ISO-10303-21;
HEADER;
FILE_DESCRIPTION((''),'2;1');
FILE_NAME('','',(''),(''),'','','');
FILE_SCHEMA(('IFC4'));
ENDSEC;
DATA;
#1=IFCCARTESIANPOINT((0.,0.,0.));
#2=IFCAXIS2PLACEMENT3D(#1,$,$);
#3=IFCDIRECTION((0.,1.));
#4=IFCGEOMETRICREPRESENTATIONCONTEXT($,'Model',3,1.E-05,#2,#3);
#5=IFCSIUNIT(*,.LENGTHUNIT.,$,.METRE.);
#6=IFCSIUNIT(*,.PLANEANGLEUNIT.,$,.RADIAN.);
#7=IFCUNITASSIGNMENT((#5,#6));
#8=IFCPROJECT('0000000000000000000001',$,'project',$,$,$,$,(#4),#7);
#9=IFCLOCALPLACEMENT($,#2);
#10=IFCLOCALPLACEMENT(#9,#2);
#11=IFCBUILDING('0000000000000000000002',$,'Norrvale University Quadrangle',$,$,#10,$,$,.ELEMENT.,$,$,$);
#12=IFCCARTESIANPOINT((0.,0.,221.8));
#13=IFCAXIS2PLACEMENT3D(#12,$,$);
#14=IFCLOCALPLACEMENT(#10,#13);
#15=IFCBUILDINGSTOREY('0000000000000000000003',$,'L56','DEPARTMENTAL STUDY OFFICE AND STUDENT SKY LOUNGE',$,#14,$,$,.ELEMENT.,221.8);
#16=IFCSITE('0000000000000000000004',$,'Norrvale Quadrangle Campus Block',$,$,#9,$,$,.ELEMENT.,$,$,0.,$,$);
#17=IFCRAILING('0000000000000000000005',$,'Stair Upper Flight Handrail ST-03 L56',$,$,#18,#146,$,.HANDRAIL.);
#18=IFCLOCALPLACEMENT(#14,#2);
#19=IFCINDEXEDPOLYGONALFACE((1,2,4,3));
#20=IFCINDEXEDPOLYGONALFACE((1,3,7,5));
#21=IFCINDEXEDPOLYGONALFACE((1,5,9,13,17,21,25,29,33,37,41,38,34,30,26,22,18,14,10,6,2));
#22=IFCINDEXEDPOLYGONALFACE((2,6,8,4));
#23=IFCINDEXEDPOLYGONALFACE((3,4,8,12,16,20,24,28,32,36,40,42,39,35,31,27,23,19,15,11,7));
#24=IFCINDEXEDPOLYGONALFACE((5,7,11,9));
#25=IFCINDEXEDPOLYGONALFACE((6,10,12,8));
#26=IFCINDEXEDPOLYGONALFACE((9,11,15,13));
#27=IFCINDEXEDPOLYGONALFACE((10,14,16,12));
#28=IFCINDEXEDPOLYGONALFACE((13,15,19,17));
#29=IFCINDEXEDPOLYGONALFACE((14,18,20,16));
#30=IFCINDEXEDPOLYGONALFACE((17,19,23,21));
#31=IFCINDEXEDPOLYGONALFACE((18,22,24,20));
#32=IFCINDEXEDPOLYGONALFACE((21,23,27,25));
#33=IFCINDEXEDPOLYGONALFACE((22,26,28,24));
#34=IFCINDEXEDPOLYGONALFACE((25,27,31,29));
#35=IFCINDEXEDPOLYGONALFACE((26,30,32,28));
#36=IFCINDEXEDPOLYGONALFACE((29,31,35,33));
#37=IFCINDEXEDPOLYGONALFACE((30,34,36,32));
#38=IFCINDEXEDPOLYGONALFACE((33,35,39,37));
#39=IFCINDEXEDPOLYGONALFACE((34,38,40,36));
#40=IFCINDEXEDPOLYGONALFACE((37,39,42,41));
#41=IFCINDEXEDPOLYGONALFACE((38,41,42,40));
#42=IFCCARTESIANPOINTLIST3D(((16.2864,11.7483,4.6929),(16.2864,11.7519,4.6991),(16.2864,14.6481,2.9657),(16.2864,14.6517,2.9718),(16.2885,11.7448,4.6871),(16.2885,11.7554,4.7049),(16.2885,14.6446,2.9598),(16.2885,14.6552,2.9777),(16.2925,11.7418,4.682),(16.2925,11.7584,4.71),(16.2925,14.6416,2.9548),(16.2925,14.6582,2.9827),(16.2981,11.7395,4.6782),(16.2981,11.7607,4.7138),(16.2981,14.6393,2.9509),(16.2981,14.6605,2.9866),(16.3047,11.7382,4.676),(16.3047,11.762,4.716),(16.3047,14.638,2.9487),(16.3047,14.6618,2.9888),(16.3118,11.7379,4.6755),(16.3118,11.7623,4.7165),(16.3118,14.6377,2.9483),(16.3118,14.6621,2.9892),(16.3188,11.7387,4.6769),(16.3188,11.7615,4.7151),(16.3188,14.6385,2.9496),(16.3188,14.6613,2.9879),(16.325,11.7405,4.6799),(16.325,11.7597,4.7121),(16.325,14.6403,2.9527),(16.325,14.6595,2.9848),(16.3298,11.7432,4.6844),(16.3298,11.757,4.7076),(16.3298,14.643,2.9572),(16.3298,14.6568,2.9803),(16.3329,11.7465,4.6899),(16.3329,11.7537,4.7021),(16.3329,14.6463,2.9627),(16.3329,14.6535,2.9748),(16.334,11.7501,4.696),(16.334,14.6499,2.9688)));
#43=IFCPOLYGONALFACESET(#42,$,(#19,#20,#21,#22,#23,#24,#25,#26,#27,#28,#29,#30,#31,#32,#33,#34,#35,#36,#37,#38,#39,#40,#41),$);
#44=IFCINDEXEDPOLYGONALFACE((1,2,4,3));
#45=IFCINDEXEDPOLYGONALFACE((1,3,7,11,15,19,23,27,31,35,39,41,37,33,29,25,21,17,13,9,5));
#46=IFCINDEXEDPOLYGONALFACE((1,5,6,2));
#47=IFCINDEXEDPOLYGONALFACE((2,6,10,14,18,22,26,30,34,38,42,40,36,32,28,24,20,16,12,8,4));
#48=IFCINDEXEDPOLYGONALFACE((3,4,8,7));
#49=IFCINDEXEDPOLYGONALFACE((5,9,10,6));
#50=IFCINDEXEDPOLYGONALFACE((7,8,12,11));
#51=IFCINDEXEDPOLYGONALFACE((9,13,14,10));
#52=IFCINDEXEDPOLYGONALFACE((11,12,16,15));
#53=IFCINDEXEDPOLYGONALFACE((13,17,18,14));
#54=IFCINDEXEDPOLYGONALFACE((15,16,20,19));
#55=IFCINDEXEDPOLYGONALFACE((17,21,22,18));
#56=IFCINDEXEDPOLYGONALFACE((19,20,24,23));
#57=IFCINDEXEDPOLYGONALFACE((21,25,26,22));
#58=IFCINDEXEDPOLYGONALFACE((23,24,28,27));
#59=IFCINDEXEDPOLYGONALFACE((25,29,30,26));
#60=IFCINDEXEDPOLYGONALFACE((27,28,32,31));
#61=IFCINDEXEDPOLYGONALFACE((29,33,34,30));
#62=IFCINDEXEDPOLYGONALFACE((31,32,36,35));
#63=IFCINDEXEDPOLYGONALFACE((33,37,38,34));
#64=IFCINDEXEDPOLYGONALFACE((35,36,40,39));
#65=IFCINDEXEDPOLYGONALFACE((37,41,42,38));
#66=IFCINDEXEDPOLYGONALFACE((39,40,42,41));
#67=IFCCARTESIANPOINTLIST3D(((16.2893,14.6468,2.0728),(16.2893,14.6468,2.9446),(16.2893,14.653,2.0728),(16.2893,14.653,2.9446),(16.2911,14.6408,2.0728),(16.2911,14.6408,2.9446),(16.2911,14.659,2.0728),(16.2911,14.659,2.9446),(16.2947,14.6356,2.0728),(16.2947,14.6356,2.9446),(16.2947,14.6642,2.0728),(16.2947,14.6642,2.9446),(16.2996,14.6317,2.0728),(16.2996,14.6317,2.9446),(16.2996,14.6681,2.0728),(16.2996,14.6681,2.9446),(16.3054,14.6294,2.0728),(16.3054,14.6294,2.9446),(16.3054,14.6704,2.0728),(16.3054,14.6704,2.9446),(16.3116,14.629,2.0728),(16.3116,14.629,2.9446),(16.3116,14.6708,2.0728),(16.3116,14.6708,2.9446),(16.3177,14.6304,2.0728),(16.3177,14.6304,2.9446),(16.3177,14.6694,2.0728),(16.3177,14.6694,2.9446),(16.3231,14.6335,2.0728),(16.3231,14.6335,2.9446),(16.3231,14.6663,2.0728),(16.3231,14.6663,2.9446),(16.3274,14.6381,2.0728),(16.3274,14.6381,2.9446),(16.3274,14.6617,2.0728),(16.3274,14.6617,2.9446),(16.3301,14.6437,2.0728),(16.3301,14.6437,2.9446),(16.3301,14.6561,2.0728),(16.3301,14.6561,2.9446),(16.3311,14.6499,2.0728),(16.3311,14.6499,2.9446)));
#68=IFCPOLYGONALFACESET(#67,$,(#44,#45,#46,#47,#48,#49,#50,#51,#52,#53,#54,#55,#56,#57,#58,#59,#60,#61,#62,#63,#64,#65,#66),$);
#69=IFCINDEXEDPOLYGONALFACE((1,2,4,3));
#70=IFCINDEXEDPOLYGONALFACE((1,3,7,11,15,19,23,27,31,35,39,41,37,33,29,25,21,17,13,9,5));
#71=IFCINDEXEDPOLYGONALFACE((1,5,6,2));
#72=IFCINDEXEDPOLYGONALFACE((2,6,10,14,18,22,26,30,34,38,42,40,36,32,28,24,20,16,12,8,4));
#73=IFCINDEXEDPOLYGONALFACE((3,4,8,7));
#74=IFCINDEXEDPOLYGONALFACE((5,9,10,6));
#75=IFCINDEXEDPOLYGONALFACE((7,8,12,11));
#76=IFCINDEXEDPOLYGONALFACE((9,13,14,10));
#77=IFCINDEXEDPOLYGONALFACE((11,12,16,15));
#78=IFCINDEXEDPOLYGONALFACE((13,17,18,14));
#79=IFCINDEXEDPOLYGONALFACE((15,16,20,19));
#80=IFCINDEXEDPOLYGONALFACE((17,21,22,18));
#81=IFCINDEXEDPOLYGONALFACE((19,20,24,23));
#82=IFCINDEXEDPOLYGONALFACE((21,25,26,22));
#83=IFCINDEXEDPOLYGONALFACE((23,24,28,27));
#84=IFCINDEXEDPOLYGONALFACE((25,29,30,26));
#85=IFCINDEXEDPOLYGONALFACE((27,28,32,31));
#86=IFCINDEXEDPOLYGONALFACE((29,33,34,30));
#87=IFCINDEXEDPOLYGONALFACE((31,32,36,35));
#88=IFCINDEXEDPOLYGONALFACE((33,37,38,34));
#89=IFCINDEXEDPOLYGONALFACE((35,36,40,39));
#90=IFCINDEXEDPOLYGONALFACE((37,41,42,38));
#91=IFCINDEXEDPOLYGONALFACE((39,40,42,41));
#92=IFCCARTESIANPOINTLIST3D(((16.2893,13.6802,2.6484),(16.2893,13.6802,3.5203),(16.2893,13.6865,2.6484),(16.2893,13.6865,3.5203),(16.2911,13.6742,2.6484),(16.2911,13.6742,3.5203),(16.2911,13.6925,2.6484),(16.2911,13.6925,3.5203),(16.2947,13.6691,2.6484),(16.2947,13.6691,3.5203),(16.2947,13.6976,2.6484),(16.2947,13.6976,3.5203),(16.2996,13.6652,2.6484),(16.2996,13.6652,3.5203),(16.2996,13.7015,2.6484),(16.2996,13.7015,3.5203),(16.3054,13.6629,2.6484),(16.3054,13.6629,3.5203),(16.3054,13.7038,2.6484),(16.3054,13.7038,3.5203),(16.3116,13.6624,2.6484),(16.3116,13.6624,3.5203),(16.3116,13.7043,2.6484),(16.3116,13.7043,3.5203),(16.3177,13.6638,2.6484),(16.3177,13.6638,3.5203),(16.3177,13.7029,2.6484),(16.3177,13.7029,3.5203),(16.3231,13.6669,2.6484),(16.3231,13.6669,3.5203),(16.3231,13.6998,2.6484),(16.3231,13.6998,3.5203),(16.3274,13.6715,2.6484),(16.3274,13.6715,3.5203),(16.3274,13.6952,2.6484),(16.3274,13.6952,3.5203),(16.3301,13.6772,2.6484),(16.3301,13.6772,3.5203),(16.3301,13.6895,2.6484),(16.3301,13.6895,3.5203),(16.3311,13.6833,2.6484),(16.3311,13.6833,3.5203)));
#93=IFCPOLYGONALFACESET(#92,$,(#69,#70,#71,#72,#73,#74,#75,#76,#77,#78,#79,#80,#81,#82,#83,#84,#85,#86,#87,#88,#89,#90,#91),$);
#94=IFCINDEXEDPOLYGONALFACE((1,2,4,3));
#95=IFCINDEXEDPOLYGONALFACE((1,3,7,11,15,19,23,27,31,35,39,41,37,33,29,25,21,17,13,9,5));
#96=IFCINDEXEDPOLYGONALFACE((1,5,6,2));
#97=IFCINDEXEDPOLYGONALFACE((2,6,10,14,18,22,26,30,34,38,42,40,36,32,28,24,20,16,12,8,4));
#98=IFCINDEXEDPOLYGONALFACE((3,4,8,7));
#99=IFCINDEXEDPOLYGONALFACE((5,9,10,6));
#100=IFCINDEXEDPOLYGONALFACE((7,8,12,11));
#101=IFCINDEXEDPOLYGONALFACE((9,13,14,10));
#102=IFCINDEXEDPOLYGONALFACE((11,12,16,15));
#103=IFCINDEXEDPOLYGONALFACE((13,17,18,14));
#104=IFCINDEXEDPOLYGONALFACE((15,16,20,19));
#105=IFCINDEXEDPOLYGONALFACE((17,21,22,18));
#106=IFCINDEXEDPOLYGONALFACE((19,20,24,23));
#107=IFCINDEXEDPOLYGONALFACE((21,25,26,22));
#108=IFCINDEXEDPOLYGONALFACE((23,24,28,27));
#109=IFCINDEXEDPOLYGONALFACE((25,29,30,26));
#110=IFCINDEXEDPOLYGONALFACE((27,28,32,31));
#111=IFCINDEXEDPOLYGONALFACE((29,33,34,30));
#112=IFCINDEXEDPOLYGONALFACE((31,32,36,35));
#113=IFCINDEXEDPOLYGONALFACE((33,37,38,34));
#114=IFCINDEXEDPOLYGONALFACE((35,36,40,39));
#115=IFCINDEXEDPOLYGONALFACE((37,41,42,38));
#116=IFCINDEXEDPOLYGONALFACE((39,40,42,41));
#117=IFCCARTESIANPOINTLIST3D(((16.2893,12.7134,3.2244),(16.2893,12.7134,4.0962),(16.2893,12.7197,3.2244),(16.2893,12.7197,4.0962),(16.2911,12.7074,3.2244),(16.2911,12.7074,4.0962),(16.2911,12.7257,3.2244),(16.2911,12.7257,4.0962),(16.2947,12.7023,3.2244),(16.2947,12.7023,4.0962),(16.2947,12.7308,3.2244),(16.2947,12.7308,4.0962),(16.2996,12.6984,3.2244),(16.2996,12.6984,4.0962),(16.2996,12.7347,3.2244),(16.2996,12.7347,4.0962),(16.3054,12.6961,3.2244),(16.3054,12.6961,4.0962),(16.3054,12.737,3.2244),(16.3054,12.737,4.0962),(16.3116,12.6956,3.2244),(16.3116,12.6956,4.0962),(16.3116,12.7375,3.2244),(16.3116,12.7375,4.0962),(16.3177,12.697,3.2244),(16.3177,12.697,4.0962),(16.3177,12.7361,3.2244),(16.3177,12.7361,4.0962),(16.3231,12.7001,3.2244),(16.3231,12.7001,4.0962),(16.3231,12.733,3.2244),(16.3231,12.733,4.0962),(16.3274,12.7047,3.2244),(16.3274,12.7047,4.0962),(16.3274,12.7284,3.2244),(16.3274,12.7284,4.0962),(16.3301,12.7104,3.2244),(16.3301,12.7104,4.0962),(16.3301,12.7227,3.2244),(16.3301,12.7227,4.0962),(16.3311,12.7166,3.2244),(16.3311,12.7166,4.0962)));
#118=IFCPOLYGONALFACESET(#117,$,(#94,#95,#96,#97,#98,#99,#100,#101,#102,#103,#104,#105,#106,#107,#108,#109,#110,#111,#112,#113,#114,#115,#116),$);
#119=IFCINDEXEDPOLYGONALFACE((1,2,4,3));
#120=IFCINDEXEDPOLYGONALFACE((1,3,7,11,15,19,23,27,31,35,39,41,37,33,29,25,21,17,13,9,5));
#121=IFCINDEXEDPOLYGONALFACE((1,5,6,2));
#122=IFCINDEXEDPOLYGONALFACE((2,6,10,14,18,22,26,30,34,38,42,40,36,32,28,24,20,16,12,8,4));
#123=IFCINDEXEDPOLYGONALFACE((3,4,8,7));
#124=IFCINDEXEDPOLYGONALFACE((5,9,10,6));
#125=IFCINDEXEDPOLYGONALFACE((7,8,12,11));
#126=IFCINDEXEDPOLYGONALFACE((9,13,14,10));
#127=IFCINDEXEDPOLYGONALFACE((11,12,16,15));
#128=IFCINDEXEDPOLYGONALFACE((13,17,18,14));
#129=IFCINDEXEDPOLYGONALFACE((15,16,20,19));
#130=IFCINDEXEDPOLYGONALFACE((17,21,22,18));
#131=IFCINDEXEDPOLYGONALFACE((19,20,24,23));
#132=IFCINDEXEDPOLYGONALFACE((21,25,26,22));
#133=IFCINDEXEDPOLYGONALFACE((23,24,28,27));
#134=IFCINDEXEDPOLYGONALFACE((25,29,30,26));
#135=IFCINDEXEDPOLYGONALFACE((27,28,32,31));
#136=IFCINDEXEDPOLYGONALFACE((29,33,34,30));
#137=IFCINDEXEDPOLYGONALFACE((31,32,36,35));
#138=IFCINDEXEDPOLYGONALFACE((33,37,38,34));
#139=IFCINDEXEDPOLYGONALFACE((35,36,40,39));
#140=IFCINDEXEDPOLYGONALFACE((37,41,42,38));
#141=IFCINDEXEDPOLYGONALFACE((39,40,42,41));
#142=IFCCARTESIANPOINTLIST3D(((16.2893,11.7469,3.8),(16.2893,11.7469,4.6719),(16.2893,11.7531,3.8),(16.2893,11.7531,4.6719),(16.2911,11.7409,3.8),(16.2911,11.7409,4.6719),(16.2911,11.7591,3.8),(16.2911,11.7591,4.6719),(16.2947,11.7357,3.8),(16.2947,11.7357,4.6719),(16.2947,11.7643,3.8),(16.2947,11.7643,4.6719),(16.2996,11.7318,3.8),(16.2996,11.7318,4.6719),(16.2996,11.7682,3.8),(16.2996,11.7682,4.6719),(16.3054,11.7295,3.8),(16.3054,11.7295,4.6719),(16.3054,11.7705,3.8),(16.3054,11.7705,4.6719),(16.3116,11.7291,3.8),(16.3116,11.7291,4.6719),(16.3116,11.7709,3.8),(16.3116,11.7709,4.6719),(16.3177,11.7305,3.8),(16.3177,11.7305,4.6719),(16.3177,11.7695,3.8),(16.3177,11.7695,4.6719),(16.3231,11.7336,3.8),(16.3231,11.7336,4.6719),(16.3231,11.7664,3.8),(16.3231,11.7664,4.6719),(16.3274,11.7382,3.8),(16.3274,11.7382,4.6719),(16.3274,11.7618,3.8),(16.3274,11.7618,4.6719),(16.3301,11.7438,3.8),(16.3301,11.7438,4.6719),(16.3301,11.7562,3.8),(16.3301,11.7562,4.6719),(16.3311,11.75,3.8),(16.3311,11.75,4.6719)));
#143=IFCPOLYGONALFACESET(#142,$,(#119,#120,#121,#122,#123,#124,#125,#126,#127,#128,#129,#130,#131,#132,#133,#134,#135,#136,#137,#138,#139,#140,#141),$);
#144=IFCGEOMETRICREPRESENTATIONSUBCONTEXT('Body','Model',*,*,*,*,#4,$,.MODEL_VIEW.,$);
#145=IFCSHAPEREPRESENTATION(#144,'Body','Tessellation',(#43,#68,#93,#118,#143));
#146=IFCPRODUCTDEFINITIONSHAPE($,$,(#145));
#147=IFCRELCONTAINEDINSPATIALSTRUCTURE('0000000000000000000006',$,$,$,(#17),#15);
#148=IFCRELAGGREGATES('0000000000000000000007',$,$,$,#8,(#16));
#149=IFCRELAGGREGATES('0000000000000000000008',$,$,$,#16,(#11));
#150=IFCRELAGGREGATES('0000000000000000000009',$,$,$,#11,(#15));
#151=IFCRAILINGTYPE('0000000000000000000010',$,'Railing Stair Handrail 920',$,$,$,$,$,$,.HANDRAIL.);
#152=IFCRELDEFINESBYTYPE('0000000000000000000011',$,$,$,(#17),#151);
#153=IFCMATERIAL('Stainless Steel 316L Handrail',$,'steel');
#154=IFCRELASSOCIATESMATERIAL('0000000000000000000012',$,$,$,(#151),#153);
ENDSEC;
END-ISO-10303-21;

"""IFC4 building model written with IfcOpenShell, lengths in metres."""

from ifc_helpers import new_model, si_unit, direction, frame, origin, origin_2d, place, context, subcontext, project, spatial, circle, extrude, material, type_object, element, save


model = new_model("IFC4")

# Units and contexts
model_context = context("Model", 3, precision=1e-05, world=origin(), true_north=direction((0.0, 1.0)))
body_context = subcontext(model_context, "Body", "Model", "MODEL_VIEW")
ifc_project = project(units=[si_unit("LENGTHUNIT", "METRE"), si_unit("PLANEANGLEUNIT", "RADIAN")], contexts=[model_context])

# Site, building, storey
site_placement = place(None, origin())
site = spatial("IfcSite", under=ifc_project, at=site_placement, Name="Norrvale Quadrangle Campus Block", CompositionType="ELEMENT", RefElevation=0.0)
building_placement = place(site_placement, origin())
building = spatial("IfcBuilding", under=site, at=building_placement, Name="Norrvale University Quadrangle", CompositionType="ELEMENT")
storey_placement = place(building_placement, frame((0.0, 0.0, 221.8)))
storey = spatial("IfcBuildingStorey", under=building, at=storey_placement, Name="L56", Description="DEPARTMENTAL STUDY OFFICE AND STUDENT SKY LOUNGE", CompositionType="ELEMENT", Elevation=221.8)

# Railing
ifc_material_1 = material(Name="Stainless Steel 316L Handrail", Category="steel")
railing_type_1 = type_object("IfcRailingType", Name="Railing Stair Handrail 920", PredefinedType="HANDRAIL", material=ifc_material_1)
railing_1_placement = place(storey_placement, frame((16.3101, 14.6499, 2.0728)))
element("IfcRailing", 1, at=railing_1_placement, inside=storey, type_object=railing_type_1, Name="Stair Upper Flight Handrail ST-03 L56", PredefinedType="HANDRAIL", context=body_context, shape_type="SweptSolid", body=[
    extrude(circle(Radius=0.0239, at=origin_2d()), frame((0.0, 0.0, 0.896), z_axis=(0.0, -0.859141, 0.511738), x_axis=(1.0, 0.0, 0.0)), (0.0, 0.0, 1.0), 3.3752),
    extrude(circle(Radius=0.021, at=origin_2d()), origin(), (0.0, 0.0, 1.0), 0.8718),
    extrude(circle(Radius=0.021, at=origin_2d()), frame((0.0, -0.9666, 0.5757)), (0.0, 0.0, 1.0), 0.8718),
    extrude(circle(Radius=0.021, at=origin_2d()), frame((0.0, -1.9333, 1.1516)), (0.0, 0.0, 1.0), 0.8718),
    extrude(circle(Radius=0.021, at=origin_2d()), frame((0.0, -2.8999, 1.7273)), (0.0, 0.0, 1.0), 0.8718),
])

save(model, "model.ifc")
